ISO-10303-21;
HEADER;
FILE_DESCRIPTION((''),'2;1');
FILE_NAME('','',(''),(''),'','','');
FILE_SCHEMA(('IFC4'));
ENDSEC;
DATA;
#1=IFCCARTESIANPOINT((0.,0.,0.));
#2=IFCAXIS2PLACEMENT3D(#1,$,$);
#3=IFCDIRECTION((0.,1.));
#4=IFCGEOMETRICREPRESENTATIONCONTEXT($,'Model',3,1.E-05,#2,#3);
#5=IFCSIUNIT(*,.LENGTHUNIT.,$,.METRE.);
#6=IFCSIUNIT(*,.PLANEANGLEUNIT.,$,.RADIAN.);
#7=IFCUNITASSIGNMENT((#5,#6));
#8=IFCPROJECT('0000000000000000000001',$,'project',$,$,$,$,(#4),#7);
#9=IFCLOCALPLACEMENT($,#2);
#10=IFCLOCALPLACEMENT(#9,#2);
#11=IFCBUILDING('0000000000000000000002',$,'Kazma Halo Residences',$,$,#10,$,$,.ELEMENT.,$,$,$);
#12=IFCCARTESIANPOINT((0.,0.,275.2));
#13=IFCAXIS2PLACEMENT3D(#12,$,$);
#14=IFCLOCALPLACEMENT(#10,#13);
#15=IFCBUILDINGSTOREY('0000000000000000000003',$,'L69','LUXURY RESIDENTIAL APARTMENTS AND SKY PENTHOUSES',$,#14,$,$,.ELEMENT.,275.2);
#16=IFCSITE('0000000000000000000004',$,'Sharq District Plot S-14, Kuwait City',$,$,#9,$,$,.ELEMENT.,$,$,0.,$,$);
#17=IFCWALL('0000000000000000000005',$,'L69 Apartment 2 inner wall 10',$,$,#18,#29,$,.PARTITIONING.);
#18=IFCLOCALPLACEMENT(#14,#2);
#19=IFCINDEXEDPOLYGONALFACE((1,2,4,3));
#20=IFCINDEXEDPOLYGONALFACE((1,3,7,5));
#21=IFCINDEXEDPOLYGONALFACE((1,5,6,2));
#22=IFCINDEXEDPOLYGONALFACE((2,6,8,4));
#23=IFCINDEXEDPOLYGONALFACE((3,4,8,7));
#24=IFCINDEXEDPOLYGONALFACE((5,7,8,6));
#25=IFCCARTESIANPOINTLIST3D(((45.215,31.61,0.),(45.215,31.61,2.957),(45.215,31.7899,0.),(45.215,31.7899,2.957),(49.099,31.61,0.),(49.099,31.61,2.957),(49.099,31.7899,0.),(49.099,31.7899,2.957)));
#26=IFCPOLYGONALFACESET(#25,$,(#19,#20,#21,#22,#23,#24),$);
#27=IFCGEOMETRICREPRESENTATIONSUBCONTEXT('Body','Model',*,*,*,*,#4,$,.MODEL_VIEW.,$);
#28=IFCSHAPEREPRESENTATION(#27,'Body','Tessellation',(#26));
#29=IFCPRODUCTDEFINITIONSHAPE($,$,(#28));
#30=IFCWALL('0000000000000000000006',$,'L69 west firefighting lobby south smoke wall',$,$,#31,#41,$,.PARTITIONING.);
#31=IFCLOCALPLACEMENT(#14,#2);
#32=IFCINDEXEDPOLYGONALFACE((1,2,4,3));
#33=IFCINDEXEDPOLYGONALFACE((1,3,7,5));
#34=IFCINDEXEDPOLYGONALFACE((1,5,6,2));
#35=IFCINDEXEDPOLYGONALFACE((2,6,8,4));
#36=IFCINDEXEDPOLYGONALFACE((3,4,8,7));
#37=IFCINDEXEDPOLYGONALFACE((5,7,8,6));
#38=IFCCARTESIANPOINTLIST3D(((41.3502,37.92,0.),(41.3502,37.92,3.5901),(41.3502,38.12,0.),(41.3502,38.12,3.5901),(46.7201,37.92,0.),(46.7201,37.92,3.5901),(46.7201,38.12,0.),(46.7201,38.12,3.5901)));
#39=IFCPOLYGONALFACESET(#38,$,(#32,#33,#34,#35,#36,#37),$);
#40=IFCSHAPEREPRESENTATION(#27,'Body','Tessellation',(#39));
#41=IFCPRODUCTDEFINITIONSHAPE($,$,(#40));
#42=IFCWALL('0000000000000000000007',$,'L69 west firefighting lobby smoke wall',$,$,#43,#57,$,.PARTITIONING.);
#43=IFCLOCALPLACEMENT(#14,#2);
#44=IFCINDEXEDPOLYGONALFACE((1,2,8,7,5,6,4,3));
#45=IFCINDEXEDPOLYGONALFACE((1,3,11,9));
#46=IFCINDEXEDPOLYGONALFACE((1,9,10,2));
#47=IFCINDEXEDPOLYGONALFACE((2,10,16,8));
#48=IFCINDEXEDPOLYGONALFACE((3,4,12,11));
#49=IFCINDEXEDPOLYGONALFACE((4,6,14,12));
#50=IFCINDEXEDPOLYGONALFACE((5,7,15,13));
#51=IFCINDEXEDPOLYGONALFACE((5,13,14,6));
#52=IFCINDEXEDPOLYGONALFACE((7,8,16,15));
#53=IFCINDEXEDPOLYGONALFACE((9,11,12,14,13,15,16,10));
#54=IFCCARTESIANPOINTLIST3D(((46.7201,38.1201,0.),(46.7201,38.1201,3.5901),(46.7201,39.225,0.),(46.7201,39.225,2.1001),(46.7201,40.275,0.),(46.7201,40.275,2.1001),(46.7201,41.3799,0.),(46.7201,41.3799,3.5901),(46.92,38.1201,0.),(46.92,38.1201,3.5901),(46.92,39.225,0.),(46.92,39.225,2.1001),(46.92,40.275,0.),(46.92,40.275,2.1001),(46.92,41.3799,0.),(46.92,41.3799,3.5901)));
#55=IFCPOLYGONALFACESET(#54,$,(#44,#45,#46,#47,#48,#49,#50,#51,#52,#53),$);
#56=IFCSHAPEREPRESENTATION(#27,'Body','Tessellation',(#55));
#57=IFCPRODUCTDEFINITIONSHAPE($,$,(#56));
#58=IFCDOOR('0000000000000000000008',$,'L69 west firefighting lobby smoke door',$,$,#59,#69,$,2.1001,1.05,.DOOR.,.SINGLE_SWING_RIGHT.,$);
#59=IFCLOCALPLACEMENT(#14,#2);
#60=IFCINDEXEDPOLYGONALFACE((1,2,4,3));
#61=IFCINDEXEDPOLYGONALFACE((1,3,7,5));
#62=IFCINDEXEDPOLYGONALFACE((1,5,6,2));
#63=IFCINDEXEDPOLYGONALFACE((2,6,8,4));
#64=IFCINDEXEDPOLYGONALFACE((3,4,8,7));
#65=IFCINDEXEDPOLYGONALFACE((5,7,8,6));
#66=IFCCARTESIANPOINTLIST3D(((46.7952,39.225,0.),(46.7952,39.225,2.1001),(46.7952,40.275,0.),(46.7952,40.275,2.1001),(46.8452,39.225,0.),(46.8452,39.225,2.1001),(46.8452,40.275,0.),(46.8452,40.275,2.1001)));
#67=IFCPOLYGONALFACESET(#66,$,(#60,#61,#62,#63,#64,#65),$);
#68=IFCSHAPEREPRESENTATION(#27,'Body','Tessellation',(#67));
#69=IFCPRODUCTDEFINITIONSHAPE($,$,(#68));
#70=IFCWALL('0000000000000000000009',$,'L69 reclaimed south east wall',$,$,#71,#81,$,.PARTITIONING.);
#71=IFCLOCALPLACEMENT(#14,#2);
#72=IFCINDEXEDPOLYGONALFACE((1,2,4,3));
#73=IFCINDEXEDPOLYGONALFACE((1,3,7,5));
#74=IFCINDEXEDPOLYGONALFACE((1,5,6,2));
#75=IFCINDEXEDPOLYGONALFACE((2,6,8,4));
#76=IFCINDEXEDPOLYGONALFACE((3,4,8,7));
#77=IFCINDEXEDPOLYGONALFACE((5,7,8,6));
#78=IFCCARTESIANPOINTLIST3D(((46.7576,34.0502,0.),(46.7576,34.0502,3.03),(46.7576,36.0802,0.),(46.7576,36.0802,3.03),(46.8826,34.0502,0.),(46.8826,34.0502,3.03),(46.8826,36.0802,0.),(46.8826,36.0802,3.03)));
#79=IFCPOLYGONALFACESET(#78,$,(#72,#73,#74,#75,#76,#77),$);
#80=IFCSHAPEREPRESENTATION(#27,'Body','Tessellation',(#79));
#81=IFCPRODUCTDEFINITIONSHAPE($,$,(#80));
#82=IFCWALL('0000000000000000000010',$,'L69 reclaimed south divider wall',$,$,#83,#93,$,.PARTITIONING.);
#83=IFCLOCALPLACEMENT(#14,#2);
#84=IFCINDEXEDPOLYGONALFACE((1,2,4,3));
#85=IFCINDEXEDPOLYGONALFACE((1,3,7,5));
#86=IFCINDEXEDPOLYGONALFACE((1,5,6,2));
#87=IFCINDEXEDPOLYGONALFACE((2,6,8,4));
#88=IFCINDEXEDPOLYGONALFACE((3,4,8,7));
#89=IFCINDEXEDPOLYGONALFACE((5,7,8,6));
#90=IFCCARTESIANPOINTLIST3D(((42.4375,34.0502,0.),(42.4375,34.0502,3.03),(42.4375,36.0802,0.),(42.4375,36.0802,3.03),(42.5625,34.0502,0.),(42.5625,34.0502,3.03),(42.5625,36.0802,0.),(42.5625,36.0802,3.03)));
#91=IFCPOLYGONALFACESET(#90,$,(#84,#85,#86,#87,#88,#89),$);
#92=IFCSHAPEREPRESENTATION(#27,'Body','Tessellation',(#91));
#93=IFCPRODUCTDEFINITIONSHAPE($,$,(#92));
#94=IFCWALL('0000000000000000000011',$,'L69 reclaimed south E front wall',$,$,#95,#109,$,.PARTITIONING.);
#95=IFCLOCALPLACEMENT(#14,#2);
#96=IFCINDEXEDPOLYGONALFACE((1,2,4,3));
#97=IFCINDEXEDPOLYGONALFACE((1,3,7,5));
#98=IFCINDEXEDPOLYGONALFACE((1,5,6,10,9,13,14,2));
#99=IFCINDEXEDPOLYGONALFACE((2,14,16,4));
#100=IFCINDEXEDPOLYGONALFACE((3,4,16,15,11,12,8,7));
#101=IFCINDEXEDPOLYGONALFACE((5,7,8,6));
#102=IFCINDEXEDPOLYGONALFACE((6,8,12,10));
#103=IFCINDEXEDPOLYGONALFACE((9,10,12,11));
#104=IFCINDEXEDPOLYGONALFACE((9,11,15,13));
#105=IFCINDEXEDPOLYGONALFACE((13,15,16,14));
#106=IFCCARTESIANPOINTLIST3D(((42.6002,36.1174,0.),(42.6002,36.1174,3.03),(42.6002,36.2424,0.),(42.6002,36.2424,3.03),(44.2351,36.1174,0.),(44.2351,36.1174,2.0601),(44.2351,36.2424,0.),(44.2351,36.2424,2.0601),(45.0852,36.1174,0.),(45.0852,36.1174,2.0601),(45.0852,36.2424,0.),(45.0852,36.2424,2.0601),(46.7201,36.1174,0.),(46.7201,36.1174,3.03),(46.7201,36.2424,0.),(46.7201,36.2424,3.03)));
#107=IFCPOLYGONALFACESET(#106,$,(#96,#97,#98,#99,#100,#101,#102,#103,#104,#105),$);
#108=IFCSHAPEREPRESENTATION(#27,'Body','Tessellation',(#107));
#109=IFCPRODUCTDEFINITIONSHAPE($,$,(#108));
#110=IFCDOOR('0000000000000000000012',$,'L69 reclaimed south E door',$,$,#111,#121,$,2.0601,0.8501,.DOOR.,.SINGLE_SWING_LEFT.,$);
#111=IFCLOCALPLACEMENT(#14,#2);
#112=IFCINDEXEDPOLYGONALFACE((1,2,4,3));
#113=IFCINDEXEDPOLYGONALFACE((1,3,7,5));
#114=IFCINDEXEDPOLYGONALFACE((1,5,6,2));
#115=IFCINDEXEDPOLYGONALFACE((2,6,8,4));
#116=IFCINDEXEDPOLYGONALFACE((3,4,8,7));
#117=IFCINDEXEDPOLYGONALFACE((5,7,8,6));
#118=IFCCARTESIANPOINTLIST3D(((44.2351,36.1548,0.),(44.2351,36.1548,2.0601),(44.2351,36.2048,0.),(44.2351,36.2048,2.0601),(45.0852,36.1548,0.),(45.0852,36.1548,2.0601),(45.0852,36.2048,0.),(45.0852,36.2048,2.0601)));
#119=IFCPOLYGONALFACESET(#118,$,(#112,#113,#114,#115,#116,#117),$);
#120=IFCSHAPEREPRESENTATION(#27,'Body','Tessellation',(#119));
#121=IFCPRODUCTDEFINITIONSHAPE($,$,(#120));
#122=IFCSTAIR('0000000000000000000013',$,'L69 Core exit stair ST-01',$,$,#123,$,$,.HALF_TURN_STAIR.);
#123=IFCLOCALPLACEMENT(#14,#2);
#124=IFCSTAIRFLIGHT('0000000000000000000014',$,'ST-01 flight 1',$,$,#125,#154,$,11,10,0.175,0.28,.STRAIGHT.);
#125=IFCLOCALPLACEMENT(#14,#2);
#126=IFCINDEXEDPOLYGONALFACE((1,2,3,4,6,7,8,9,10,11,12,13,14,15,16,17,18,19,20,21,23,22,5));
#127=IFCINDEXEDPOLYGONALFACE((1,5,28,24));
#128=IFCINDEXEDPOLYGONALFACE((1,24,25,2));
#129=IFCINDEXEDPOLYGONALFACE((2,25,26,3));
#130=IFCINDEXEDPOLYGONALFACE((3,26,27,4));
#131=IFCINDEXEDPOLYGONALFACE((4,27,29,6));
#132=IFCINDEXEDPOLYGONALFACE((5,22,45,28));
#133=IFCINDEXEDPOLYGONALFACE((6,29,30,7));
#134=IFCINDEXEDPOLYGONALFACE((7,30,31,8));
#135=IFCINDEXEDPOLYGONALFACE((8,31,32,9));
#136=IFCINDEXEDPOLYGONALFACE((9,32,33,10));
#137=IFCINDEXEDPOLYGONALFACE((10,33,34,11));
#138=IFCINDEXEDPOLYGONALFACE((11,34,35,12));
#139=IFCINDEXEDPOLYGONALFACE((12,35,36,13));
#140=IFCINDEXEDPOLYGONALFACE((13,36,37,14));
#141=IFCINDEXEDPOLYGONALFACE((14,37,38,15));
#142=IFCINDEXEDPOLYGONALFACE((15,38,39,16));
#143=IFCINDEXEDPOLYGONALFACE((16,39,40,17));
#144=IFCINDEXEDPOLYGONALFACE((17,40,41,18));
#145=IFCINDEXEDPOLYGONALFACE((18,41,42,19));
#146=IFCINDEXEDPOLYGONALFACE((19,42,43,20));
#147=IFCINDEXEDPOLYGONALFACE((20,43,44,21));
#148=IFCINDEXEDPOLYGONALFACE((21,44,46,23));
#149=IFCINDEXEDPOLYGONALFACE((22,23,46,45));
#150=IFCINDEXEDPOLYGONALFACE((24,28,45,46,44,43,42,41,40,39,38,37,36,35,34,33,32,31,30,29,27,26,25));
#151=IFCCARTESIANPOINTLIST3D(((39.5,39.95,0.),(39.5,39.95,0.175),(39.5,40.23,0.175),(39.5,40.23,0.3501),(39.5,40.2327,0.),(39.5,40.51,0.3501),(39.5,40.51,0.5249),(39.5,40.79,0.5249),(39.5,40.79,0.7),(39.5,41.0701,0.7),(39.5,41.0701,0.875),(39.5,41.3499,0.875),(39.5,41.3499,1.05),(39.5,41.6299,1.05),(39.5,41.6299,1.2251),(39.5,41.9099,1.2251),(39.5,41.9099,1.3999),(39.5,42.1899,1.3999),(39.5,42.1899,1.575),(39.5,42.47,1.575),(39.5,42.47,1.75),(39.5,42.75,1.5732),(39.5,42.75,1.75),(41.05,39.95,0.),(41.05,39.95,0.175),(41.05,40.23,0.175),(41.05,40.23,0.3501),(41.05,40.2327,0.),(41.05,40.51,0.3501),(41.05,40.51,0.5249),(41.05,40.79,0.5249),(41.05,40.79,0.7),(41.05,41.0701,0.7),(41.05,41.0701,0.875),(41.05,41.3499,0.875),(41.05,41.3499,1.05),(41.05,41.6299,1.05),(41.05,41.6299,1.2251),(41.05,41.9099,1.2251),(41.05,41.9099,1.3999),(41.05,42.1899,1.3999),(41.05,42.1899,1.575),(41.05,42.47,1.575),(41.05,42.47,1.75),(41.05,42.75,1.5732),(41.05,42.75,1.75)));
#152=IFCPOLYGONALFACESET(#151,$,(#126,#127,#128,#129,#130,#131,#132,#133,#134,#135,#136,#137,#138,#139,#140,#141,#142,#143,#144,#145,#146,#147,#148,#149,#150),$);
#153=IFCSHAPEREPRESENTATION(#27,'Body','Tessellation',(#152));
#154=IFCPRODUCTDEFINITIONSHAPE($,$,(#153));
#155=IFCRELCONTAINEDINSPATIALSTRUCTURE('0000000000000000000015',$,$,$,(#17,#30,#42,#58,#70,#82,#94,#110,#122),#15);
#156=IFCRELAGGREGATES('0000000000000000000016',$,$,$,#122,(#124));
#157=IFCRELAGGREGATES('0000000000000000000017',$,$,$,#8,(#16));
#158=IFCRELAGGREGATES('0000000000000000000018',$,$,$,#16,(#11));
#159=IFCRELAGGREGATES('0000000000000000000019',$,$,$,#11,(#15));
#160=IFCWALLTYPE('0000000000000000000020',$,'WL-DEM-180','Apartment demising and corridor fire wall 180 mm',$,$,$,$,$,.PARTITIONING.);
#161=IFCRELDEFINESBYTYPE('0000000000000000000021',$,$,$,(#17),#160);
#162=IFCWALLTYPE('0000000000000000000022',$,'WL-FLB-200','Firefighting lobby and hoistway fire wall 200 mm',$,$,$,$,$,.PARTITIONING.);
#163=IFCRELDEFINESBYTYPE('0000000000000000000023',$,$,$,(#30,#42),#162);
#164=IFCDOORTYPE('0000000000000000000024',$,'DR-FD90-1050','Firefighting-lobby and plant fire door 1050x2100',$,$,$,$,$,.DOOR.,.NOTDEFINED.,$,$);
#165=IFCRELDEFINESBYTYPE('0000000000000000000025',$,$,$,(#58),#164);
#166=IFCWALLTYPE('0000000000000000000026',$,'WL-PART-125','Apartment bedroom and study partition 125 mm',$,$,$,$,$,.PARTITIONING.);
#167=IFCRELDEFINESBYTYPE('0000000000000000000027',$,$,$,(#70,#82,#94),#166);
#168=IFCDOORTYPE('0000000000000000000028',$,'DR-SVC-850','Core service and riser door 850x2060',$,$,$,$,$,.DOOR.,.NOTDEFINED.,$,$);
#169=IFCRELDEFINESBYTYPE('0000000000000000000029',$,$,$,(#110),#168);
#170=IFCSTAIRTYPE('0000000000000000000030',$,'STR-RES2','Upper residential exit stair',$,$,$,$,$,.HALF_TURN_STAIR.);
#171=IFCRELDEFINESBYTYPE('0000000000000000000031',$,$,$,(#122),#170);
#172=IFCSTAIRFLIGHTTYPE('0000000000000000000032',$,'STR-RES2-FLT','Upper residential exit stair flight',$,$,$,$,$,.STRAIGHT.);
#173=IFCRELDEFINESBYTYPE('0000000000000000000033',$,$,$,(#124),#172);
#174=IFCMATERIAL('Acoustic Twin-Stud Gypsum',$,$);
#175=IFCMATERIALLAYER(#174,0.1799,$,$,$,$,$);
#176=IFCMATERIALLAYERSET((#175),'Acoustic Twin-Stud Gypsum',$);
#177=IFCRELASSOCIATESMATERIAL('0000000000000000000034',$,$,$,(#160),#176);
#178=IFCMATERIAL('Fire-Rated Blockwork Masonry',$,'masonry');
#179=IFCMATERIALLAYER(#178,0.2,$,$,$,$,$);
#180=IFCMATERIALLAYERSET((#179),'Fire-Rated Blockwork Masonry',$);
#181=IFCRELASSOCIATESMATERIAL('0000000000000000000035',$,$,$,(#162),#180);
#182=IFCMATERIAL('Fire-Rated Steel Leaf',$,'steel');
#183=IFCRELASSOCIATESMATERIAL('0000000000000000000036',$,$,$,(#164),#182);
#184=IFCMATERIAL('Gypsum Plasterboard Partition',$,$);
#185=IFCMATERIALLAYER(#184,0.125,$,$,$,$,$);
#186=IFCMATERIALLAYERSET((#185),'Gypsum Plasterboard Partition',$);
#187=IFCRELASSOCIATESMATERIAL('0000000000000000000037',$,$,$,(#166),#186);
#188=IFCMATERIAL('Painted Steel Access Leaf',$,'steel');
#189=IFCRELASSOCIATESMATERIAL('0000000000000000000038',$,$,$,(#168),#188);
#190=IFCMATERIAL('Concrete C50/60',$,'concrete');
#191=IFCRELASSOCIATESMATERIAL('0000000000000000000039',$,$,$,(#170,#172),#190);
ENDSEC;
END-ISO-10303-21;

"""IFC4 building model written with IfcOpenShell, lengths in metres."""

from ifc_helpers import new_model, si_unit, direction, frame, frame_2d, origin, place, context, subcontext, project, spatial, polyline, rectangle, outline, extrude, material, layer, layer_set, type_object, element, fill, aggregate, save


model = new_model("IFC4")

# Units and contexts
model_context = context("Model", 3, precision=1e-05, world=origin(), true_north=direction((0.0, 1.0)))
body_context = subcontext(model_context, "Body", "Model", "MODEL_VIEW")
ifc_project = project(units=[si_unit("LENGTHUNIT", "METRE"), si_unit("PLANEANGLEUNIT", "RADIAN")], contexts=[model_context])

# Site, building, storey
site_placement = place(None, origin())
site = spatial("IfcSite", under=ifc_project, at=site_placement, Name="Sharq District Plot S-14, Kuwait City", CompositionType="ELEMENT", RefElevation=0.0)
building_placement = place(site_placement, origin())
building = spatial("IfcBuilding", under=site, at=building_placement, Name="Kazma Halo Residences", CompositionType="ELEMENT")
storey_placement = place(building_placement, frame((0.0, 0.0, 275.2)))
storey = spatial("IfcBuildingStorey", under=building, at=storey_placement, Name="L69", Description="LUXURY RESIDENTIAL APARTMENTS AND SKY PENTHOUSES", CompositionType="ELEMENT", Elevation=275.2)

# Shared definitions
ifc_material_1 = material(Name="Acoustic Twin-Stud Gypsum")
ifc_layer_1 = layer(ifc_material_1, 0.1799)
ifc_layer_set_1 = layer_set([ifc_layer_1], Name="Acoustic Twin-Stud Gypsum")
wall_type_1 = type_object("IfcWallType", Name="WL-DEM-180", Description="Apartment demising and corridor fire wall 180 mm", PredefinedType="PARTITIONING", material=ifc_layer_set_1)

# Walls
wall_1_placement = place(storey_placement, frame((45.2151, 31.7, 0.0), z_axis=(0.0, 0.0, 1.0), x_axis=(1.0, 0.0, 0.0)))
element("IfcWall", 1, at=wall_1_placement, inside=storey, type_object=wall_type_1, Name="L69 Apartment 2 inner wall 10", PredefinedType="PARTITIONING", context=body_context, shape_type="SweptSolid", body=[
    extrude(rectangle(XDim=3.884, YDim=0.1799, at=frame_2d((1.9419, 0.0))), origin(), (0.0, 0.0, 1.0), 2.957),
])
ifc_material_2 = material(Name="Fire-Rated Blockwork Masonry", Category="masonry")
ifc_layer_2 = layer(ifc_material_2, 0.2)
ifc_layer_set_2 = layer_set([ifc_layer_2], Name="Fire-Rated Blockwork Masonry")
wall_type_2 = type_object("IfcWallType", Name="WL-FLB-200", Description="Firefighting lobby and hoistway fire wall 200 mm", PredefinedType="PARTITIONING", material=ifc_layer_set_2)
wall_2_placement = place(storey_placement, frame((41.3501, 38.02, 0.0), z_axis=(0.0, 0.0, 1.0), x_axis=(1.0, 0.0, 0.0)))
element("IfcWall", 2, at=wall_2_placement, inside=storey, type_object=wall_type_2, Name="L69 west firefighting lobby south smoke wall", PredefinedType="PARTITIONING", context=body_context, shape_type="SweptSolid", body=[
    extrude(rectangle(XDim=5.3699, YDim=0.2, at=frame_2d((2.6851, 0.0))), origin(), (0.0, 0.0, 1.0), 3.5901),
])

# Wall, opening, door
wall_3_placement = place(storey_placement, frame((46.8201, 38.1201, 0.0), z_axis=(0.0, 0.0, 1.0), x_axis=(0.0, 1.0, 0.0)))
wall_3 = element("IfcWall", 3, at=wall_3_placement, inside=storey, type_object=wall_type_2, Name="L69 west firefighting lobby smoke wall", PredefinedType="PARTITIONING", context=body_context, shape_type="SweptSolid", body=[
    extrude(rectangle(XDim=3.2598, YDim=0.2, at=frame_2d((1.6299, 0.0))), origin(), (0.0, 0.0, 1.0), 3.5901),
])
opening_1_placement = place(wall_3_placement, frame((1.105, 0.0, 0.0)))
opening_1 = element("IfcOpeningElement", 4, at=opening_1_placement, cuts=wall_3, PredefinedType="OPENING", context=body_context, shape_type="SweptSolid", body=[
    extrude(rectangle(XDim=1.05, YDim=2.1001, at=frame_2d((0.5249, 1.05))), frame((0.0, 0.1099, 0.0), z_axis=(0.0, -1.0, 0.0), x_axis=(1.0, 0.0, 0.0)), (0.0, 0.0, 1.0), 0.22),
])
ifc_material_3 = material(Name="Fire-Rated Steel Leaf", Category="steel")
door_type_1 = type_object("IfcDoorType", Name="DR-FD90-1050", Description="Firefighting-lobby and plant fire door 1050x2100", OperationType="NOTDEFINED", PredefinedType="DOOR", material=ifc_material_3)
door_1_placement = place(opening_1_placement, origin())
door_1 = element("IfcDoor", 5, at=door_1_placement, inside=storey, type_object=door_type_1, Name="L69 west firefighting lobby smoke door", OperationType="SINGLE_SWING_RIGHT", OverallHeight=2.1001, OverallWidth=1.05, PredefinedType="DOOR", context=body_context, shape_type="SweptSolid", body=[
    extrude(rectangle(XDim=1.05, YDim=2.1001, at=frame_2d((0.5249, 1.05))), frame((0.0, 0.0249, 0.0), z_axis=(0.0, -1.0, 0.0), x_axis=(1.0, 0.0, 0.0)), (0.0, 0.0, 1.0), 0.05),
])
fill(opening_1, door_1)

# Walls
ifc_material_4 = material(Name="Gypsum Plasterboard Partition")
ifc_layer_3 = layer(ifc_material_4, 0.125)
ifc_layer_set_3 = layer_set([ifc_layer_3], Name="Gypsum Plasterboard Partition")
wall_type_3 = type_object("IfcWallType", Name="WL-PART-125", Description="Apartment bedroom and study partition 125 mm", PredefinedType="PARTITIONING", material=ifc_layer_set_3)
for number, where, z_axis, x_axis, name in (
    (6, (46.8201, 34.05, 0.0), (0.0, 0.0, 1.0), (0.0, 1.0, 0.0), "L69 reclaimed south east wall"),
    (7, (42.5, 34.05, 0.0), (0.0, 0.0, 1.0), (0.0, 1.0, 0.0), "L69 reclaimed south divider wall"),
):
    element("IfcWall", number, at=place(storey_placement, frame(where, z_axis=z_axis, x_axis=x_axis)), inside=storey, type_object=wall_type_3, Name=name, PredefinedType="PARTITIONING", context=body_context, shape_type="SweptSolid", body=[
        extrude(rectangle(XDim=2.03, YDim=0.125, at=frame_2d((1.0151, 0.0))), origin(), (0.0, 0.0, 1.0), 3.03),
    ])

# Wall, opening, door
wall_4_placement = place(storey_placement, frame((42.6001, 36.1799, 0.0), z_axis=(0.0, 0.0, 1.0), x_axis=(1.0, 0.0, 0.0)))
wall_4 = element("IfcWall", 8, at=wall_4_placement, inside=storey, type_object=wall_type_3, Name="L69 reclaimed south E front wall", PredefinedType="PARTITIONING", context=body_context, shape_type="SweptSolid", body=[
    extrude(rectangle(XDim=4.1199, YDim=0.125, at=frame_2d((2.0601, 0.0))), origin(), (0.0, 0.0, 1.0), 3.03),
])
opening_2_placement = place(wall_4_placement, frame((1.635, 0.0, 0.0)))
opening_2 = element("IfcOpeningElement", 9, at=opening_2_placement, cuts=wall_4, PredefinedType="OPENING", context=body_context, shape_type="SweptSolid", body=[
    extrude(rectangle(XDim=0.8501, YDim=2.0601, at=frame_2d((0.425, 1.03))), frame((0.0, 0.0725, 0.0), z_axis=(0.0, -1.0, 0.0), x_axis=(1.0, 0.0, 0.0)), (0.0, 0.0, 1.0), 0.145),
])
ifc_material_5 = material(Name="Painted Steel Access Leaf", Category="steel")
door_type_2 = type_object("IfcDoorType", Name="DR-SVC-850", Description="Core service and riser door 850x2060", OperationType="NOTDEFINED", PredefinedType="DOOR", material=ifc_material_5)
door_2_placement = place(opening_2_placement, origin())
door_2 = element("IfcDoor", 10, at=door_2_placement, inside=storey, type_object=door_type_2, Name="L69 reclaimed south E door", OperationType="SINGLE_SWING_LEFT", OverallHeight=2.0601, OverallWidth=0.8501, PredefinedType="DOOR", context=body_context, shape_type="SweptSolid", body=[
    extrude(rectangle(XDim=0.8501, YDim=2.0601, at=frame_2d((0.425, 1.03))), frame((0.0, 0.0249, 0.0), z_axis=(0.0, -1.0, 0.0), x_axis=(1.0, 0.0, 0.0)), (0.0, 0.0, 1.0), 0.05),
])
fill(opening_2, door_2)
ifc_material_6 = material(Name="Concrete C50/60", Category="concrete")

# Stair, stair flight
stair_type = type_object("IfcStairType", Name="STR-RES2", Description="Upper residential exit stair", PredefinedType="HALF_TURN_STAIR", material=ifc_material_6)
stair_placement = place(storey_placement, origin())
stair = element("IfcStair", 11, at=stair_placement, inside=storey, type_object=stair_type, Name="L69 Core exit stair ST-01", PredefinedType="HALF_TURN_STAIR")
stair_flight_type = type_object("IfcStairFlightType", Name="STR-RES2-FLT", Description="Upper residential exit stair flight", PredefinedType="STRAIGHT", material=ifc_material_6)
stair_flight_placement = place(storey_placement, frame((40.2749, 39.95, 0.0), z_axis=(0.0, 0.0, 1.0), x_axis=(0.0, 1.0, 0.0)))
stair_flight = element("IfcStairFlight", 12, at=stair_flight_placement, type_object=stair_flight_type, Name="ST-01 flight 1", NumberOfRisers=11, NumberOfTreads=10, PredefinedType="STRAIGHT", RiserHeight=0.175, TreadLength=0.28, context=body_context, shape_type="SweptSolid", body=[
    extrude(outline(polyline([(0.0, 0.0), (0.0, 0.175), (0.28, 0.175), (0.28, 0.3501), (0.5601, 0.3501), (0.5601, 0.5249), (0.8401, 0.5249), (0.8401, 0.7), (1.1201, 0.7), (1.1201, 0.875), (1.3999, 0.875), (1.3999, 1.05), (1.6799, 1.05), (1.6799, 1.2251), (1.96, 1.2251), (1.96, 1.3999), (2.24, 1.3999), (2.24, 1.575), (2.52, 1.575), (2.52, 1.75), (2.8, 1.75), (2.8, 1.925), (2.8, 1.5732), (0.2827, 0.0), (0.0, 0.0)])), frame((0.0, 0.7749, 0.0), z_axis=(0.0, -1.0, 0.0), x_axis=(1.0, 0.0, 0.0)), (0.0, 0.0, 1.0), 1.55),
])
aggregate(stair, [stair_flight])

save(model, "model.ifc")
